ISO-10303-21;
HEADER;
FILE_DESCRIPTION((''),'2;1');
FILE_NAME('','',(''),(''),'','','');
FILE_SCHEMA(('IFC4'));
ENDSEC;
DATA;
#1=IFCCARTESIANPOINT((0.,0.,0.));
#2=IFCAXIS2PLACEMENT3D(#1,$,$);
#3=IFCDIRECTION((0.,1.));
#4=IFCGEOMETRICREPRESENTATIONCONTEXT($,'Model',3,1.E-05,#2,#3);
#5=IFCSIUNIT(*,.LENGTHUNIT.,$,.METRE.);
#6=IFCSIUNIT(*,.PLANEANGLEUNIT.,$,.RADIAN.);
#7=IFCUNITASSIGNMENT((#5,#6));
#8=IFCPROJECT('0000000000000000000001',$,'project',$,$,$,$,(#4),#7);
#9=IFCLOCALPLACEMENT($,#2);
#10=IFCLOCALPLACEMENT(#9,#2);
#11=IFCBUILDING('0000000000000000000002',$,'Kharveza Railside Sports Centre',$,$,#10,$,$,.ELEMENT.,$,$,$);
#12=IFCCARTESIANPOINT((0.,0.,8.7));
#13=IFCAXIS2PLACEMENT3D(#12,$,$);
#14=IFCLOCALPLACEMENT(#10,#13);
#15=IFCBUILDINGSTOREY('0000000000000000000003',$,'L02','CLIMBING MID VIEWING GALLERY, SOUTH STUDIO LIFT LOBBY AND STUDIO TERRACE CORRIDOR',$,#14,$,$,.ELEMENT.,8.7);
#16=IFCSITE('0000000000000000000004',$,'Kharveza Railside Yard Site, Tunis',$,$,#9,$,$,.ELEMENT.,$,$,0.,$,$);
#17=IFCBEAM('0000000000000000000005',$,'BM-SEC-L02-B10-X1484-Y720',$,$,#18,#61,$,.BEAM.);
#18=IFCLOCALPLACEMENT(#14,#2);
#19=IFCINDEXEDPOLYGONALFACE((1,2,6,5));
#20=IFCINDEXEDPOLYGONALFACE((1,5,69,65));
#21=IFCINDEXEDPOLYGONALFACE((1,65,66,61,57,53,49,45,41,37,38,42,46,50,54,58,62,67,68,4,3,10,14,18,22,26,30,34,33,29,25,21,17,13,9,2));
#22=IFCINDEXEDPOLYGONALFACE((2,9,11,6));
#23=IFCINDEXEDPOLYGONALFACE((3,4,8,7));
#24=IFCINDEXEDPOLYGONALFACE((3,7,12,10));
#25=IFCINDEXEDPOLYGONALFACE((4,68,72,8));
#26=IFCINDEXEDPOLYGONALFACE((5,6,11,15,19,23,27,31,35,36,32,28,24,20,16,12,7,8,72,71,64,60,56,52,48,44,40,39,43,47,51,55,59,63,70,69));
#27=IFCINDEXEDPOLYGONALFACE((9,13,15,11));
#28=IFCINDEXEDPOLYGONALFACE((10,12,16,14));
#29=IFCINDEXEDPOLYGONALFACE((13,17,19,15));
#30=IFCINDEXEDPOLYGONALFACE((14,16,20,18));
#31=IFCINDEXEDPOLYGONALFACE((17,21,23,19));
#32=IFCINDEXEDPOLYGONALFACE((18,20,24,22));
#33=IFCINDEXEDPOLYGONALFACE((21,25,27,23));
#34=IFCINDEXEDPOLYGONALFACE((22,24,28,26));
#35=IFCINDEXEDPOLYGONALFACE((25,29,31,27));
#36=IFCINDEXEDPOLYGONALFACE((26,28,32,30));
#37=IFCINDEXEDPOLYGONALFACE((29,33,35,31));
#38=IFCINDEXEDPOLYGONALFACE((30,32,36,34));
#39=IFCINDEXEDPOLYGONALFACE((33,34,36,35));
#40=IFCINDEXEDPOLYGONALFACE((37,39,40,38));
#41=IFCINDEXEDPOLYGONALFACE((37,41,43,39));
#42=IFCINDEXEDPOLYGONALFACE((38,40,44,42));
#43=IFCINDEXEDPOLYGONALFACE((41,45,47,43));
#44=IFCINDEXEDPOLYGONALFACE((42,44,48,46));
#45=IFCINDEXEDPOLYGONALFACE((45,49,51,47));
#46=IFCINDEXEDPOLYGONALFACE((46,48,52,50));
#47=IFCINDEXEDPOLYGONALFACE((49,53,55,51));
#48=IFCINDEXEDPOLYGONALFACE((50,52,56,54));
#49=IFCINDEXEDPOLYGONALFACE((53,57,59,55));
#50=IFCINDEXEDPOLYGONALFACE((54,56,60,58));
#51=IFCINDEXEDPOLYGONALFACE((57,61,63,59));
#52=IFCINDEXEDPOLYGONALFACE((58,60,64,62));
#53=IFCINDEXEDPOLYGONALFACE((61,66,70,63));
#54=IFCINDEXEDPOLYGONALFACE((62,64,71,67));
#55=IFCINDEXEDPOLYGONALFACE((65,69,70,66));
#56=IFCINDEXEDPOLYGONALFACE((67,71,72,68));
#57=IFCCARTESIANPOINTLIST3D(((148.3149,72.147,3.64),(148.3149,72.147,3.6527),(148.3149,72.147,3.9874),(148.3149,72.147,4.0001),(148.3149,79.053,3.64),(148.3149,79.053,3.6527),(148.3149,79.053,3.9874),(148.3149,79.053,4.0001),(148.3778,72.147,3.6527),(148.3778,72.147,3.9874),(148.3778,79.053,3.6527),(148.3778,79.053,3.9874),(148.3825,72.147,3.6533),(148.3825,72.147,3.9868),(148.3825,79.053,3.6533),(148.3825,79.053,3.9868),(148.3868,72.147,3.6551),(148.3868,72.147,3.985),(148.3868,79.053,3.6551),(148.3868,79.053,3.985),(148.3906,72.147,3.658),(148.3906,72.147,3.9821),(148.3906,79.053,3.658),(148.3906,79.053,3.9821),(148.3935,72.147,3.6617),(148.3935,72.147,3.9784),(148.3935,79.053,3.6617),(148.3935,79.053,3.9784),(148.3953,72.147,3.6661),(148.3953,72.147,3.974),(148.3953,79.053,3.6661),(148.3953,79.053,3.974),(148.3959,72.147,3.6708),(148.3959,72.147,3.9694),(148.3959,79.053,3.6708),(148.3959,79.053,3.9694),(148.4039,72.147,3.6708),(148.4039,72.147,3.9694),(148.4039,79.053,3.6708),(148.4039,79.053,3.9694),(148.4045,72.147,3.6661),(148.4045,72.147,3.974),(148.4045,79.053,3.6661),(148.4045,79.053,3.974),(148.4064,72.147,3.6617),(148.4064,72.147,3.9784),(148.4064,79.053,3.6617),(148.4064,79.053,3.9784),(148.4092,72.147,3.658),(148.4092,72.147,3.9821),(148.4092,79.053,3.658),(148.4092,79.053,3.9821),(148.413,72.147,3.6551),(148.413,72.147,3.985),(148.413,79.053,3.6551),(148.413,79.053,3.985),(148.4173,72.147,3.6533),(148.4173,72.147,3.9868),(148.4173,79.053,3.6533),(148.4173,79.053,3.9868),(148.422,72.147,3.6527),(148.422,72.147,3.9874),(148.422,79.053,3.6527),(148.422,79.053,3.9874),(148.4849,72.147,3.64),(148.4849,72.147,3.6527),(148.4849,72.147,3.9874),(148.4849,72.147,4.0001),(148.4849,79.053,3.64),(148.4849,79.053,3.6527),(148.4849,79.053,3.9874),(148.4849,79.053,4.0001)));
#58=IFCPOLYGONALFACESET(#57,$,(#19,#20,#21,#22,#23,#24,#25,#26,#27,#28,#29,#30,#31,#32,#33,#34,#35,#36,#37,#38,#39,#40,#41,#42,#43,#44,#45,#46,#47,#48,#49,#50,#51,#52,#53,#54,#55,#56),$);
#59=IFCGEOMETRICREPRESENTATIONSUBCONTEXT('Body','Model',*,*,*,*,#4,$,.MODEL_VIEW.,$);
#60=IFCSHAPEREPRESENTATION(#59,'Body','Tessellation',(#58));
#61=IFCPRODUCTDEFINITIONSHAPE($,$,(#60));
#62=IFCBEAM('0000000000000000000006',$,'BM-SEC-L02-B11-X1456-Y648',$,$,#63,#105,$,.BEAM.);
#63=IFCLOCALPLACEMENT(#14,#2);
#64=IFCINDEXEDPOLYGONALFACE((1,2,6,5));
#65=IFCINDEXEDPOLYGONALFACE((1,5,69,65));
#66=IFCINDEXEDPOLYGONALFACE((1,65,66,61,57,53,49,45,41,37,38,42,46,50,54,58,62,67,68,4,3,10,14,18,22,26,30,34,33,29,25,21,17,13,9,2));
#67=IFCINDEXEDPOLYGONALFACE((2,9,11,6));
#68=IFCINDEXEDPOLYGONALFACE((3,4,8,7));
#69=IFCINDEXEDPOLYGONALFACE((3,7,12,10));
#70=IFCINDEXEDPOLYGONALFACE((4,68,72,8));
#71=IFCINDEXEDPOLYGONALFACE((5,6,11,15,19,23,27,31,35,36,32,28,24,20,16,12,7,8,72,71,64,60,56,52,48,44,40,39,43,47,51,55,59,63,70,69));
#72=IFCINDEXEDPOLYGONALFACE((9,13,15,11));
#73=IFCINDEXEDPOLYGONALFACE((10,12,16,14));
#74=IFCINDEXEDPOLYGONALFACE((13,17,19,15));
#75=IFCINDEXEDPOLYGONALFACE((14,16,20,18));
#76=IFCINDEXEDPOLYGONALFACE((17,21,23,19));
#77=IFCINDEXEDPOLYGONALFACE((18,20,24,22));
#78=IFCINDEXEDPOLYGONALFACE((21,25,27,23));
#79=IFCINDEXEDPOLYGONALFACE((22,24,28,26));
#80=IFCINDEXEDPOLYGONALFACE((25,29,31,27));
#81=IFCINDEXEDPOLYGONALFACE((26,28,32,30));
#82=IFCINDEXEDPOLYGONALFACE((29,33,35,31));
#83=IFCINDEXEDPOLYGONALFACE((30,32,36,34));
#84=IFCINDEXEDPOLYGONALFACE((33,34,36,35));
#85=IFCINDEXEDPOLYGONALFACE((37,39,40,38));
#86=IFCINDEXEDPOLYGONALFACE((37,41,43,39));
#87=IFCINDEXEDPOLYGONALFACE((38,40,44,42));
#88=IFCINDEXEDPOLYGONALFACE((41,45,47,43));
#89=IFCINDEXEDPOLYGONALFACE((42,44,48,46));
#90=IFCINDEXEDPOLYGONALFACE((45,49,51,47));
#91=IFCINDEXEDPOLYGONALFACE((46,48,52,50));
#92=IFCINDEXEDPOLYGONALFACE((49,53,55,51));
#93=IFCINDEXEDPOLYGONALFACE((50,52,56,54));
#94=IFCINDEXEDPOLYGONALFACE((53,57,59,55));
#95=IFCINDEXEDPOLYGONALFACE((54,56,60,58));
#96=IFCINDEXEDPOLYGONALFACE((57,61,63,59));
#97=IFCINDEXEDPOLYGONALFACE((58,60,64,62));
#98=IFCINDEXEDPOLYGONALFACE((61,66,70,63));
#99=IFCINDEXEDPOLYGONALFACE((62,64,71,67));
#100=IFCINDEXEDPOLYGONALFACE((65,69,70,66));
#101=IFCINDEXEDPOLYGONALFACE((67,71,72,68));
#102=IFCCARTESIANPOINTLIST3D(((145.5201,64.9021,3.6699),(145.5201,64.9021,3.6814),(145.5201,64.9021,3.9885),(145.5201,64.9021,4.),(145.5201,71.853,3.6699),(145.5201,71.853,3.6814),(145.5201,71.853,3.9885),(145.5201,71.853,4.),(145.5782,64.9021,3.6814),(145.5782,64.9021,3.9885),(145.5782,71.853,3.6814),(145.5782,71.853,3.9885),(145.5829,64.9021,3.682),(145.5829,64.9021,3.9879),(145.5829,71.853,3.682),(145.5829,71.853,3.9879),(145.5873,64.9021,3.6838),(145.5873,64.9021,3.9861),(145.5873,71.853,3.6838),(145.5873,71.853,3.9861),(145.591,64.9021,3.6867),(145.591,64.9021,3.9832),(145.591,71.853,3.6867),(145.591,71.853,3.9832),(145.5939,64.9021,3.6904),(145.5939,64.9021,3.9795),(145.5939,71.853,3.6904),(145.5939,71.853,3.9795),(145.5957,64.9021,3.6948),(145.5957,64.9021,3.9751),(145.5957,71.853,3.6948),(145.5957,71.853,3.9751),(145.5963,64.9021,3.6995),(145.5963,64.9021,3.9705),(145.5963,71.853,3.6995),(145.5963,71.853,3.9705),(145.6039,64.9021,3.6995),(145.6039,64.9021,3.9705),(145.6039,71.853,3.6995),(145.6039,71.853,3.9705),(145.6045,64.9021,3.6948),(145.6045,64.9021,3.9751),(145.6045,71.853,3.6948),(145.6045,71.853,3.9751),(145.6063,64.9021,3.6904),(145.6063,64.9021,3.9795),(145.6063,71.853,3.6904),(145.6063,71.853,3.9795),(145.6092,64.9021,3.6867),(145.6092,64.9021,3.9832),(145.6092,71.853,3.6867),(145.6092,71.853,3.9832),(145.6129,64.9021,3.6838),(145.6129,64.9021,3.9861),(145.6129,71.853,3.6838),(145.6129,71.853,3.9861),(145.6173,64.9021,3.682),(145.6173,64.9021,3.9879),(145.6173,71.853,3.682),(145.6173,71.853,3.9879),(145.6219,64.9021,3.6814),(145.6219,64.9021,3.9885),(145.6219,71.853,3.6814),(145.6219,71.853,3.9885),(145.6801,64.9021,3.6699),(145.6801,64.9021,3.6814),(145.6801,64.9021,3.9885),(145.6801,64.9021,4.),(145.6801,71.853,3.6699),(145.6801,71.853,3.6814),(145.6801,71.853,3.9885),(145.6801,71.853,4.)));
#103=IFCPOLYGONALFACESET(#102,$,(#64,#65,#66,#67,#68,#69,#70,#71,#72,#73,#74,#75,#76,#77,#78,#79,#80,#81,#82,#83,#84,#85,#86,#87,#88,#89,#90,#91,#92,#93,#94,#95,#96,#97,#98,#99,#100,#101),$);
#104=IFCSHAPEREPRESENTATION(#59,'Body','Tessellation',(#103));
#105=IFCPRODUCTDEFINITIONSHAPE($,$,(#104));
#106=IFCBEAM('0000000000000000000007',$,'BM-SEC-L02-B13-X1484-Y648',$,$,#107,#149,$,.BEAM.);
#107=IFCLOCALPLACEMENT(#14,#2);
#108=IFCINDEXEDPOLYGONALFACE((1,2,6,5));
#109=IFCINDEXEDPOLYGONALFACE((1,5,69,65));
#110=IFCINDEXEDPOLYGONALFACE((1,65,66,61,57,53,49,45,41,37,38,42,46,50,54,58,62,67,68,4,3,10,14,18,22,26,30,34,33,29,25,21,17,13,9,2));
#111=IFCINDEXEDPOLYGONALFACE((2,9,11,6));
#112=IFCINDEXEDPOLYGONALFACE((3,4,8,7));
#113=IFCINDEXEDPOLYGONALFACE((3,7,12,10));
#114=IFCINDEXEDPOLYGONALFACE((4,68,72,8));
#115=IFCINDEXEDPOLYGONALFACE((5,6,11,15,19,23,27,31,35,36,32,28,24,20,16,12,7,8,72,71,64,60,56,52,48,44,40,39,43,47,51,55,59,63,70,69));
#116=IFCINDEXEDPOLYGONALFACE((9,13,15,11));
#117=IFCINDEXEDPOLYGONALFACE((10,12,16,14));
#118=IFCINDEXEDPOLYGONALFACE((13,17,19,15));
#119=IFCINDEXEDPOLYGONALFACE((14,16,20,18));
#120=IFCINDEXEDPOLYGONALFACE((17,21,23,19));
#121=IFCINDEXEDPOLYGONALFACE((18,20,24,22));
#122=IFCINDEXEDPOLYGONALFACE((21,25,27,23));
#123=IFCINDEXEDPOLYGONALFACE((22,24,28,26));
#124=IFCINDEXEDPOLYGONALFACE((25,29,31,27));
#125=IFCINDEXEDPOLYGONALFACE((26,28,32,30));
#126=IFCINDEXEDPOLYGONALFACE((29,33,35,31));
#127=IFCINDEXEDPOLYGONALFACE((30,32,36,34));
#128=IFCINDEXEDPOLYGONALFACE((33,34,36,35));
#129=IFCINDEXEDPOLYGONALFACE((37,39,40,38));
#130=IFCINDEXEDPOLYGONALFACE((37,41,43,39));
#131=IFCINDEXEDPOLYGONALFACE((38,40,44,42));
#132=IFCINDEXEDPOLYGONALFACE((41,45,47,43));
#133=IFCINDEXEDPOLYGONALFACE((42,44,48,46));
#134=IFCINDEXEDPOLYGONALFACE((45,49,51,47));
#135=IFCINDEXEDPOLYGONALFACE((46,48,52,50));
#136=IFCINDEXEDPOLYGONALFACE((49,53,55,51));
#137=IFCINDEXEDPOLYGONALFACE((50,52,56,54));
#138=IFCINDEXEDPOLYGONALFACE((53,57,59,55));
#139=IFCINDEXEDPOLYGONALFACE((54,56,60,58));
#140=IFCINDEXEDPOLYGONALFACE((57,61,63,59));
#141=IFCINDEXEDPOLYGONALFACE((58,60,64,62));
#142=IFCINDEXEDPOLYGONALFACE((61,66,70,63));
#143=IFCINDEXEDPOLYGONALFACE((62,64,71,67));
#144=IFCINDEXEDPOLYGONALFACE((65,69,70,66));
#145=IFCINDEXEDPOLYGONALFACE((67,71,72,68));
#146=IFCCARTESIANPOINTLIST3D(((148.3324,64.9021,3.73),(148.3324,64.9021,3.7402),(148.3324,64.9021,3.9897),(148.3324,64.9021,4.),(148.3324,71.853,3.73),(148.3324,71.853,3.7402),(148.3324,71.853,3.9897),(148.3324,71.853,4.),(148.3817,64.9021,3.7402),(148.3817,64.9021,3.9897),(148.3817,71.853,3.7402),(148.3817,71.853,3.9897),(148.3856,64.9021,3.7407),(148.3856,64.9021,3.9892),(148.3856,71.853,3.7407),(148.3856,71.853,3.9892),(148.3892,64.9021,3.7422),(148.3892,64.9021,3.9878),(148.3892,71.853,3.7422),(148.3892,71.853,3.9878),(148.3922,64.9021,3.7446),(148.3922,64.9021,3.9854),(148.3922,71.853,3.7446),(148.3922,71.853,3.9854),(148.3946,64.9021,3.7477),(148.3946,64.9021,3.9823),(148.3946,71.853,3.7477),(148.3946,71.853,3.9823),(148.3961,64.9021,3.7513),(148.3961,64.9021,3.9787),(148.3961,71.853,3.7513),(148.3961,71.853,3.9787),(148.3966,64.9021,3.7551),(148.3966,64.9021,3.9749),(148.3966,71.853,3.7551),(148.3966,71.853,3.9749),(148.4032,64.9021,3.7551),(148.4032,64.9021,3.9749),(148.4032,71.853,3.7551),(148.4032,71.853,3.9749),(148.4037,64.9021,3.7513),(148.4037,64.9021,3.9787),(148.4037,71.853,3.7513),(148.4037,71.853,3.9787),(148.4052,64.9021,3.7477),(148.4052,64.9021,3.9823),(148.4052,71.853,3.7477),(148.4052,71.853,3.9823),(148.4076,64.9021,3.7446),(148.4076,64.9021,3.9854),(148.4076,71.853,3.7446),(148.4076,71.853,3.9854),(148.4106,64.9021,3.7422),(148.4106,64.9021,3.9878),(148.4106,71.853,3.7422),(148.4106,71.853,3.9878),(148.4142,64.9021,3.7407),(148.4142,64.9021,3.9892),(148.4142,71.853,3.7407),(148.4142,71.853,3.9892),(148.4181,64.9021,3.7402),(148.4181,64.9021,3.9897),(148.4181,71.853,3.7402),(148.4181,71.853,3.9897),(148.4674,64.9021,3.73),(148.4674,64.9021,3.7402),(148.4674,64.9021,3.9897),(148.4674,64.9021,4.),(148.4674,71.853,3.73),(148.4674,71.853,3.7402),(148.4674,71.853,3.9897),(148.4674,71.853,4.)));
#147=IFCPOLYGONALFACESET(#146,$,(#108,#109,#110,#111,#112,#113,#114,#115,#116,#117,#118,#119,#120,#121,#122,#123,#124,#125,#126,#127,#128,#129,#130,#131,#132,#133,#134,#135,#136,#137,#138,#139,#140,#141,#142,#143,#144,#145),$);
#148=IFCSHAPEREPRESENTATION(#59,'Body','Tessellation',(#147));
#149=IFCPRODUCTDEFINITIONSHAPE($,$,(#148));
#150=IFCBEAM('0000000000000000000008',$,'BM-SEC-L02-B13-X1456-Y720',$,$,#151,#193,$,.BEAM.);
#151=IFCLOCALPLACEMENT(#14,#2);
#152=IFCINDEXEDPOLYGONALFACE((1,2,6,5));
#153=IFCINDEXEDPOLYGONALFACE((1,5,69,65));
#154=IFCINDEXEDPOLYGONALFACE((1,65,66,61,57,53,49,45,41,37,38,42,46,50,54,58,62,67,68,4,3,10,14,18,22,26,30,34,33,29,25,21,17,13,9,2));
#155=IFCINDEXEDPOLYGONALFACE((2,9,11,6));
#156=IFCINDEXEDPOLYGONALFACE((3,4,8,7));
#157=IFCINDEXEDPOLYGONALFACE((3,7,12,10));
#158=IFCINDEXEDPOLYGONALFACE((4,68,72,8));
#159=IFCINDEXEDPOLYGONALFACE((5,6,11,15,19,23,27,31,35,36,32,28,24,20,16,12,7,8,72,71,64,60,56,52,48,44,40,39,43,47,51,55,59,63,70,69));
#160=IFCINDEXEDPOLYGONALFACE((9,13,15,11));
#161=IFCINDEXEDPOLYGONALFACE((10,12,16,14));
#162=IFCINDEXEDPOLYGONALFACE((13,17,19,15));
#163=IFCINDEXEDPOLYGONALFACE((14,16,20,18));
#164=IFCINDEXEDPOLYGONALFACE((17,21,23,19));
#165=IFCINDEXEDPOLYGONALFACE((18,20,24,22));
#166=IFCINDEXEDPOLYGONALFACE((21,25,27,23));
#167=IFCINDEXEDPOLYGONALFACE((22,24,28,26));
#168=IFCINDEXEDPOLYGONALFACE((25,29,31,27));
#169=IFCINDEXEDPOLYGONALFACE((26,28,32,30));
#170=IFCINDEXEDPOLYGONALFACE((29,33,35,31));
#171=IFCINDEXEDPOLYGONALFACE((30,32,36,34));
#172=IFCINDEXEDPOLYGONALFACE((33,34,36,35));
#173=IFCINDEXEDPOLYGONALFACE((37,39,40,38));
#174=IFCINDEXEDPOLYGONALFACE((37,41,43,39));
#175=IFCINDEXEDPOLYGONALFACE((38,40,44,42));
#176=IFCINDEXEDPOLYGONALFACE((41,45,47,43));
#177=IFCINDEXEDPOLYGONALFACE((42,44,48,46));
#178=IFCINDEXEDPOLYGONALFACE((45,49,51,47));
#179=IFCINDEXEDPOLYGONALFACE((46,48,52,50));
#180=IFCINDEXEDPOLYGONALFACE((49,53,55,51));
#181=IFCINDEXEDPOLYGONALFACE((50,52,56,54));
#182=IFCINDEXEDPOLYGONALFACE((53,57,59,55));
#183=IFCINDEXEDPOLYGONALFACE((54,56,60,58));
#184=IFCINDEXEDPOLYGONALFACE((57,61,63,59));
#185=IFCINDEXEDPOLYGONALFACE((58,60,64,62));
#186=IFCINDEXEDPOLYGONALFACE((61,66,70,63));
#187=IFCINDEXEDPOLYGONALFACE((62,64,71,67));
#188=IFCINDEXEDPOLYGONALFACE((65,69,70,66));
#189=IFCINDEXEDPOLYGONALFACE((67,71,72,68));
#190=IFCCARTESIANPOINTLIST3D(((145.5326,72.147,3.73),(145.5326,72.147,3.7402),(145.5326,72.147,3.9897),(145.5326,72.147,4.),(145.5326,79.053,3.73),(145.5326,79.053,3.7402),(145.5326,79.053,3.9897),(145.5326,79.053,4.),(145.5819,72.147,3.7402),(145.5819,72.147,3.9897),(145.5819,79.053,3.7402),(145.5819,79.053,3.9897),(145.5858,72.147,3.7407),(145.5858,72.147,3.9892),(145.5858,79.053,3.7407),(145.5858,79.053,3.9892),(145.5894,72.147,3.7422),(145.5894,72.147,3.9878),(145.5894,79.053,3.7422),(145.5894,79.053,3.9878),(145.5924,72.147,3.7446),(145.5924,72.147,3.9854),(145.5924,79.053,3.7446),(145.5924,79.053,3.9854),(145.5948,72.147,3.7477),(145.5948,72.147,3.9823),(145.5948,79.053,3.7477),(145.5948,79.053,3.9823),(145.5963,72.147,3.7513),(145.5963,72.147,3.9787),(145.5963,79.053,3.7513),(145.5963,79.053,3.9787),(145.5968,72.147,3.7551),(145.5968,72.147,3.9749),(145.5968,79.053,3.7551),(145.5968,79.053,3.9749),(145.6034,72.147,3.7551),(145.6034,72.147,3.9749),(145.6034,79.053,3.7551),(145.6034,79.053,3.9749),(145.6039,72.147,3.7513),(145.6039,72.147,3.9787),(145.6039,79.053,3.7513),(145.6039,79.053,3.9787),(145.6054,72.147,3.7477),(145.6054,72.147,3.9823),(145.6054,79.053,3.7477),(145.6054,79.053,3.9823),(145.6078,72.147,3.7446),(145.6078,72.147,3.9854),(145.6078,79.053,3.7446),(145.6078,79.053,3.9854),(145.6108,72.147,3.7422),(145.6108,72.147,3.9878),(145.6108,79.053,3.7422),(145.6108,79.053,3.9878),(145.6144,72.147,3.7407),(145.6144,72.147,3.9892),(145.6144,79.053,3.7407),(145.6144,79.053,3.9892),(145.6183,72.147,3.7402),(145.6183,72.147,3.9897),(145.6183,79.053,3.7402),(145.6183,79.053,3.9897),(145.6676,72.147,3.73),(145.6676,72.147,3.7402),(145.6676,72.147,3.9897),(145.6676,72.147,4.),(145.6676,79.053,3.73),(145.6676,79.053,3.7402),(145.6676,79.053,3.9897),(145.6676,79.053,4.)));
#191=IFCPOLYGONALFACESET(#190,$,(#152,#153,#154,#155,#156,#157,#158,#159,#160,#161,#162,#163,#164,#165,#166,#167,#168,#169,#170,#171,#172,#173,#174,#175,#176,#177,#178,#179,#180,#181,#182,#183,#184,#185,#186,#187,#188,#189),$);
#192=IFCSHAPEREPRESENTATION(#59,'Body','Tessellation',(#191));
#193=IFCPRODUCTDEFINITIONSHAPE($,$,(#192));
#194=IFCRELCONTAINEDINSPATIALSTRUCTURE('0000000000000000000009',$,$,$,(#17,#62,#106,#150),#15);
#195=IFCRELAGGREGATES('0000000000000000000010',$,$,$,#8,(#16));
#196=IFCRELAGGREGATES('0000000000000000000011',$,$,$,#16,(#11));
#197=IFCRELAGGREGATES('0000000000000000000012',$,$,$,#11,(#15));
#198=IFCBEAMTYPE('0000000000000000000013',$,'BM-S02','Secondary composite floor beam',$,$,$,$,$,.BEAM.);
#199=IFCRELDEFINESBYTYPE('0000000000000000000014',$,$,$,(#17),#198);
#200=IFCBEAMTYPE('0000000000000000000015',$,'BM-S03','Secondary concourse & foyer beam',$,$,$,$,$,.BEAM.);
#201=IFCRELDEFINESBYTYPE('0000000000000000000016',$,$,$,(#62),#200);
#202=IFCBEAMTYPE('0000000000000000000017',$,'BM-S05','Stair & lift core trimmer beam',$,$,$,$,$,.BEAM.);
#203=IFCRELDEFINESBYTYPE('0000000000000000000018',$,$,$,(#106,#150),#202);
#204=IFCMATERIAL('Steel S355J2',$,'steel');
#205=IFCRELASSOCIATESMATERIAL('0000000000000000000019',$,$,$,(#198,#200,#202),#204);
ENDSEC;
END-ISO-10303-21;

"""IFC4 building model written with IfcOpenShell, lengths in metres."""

from ifc_helpers import new_model, si_unit, direction, frame, origin, origin_2d, place, context, subcontext, project, spatial, i_section, extrude, material, material_profile, profile_set, type_object, element, save


model = new_model("IFC4")

# Units and contexts
model_context = context("Model", 3, precision=1e-05, world=origin(), true_north=direction((0.0, 1.0)))
body_context = subcontext(model_context, "Body", "Model", "MODEL_VIEW")
ifc_project = project(units=[si_unit("LENGTHUNIT", "METRE"), si_unit("PLANEANGLEUNIT", "RADIAN")], contexts=[model_context])

# Site, building, storey
site_placement = place(None, origin())
site = spatial("IfcSite", under=ifc_project, at=site_placement, Name="Kharveza Railside Yard Site, Tunis", CompositionType="ELEMENT", RefElevation=0.0)
building_placement = place(site_placement, origin())
building = spatial("IfcBuilding", under=site, at=building_placement, Name="Kharveza Railside Sports Centre", CompositionType="ELEMENT")
storey_placement = place(building_placement, frame((0.0, 0.0, 8.7)))
storey = spatial("IfcBuildingStorey", under=building, at=storey_placement, Name="L02", Description="CLIMBING MID VIEWING GALLERY, SOUTH STUDIO LIFT LOBBY AND STUDIO TERRACE CORRIDOR", CompositionType="ELEMENT", Elevation=8.7)

# Shared definitions
ifc_material_1 = material(Name="Steel S355J2", Category="steel")

# Beams
ifc_material_profile_1 = material_profile(ifc_material_1, i_section(OverallWidth=0.1699, OverallDepth=0.3601, WebThickness=0.0081, FlangeThickness=0.0127, FilletRadius=0.0181, at=origin_2d()), Name="IPE 360")
ifc_profile_set_1 = profile_set([ifc_material_profile_1], Name="Steel S355J2")
beam_type_1 = type_object("IfcBeamType", Name="BM-S02", Description="Secondary composite floor beam", PredefinedType="BEAM", material=ifc_profile_set_1)
beam_1_placement = place(storey_placement, frame((148.3999, 72.147, 3.8201), z_axis=(0.0, 1.0, 0.0), x_axis=(-1.0, 0.0, 0.0)))
element("IfcBeam", 1, at=beam_1_placement, inside=storey, type_object=beam_type_1, Name="BM-SEC-L02-B10-X1484-Y720", PredefinedType="BEAM", context=body_context, shape_type="SweptSolid", body=[
    extrude(i_section(OverallWidth=0.1699, OverallDepth=0.3601, WebThickness=0.0081, FlangeThickness=0.0127, FilletRadius=0.0181, at=origin_2d()), origin(), (0.0, 0.0, 1.0), 6.906),
])
ifc_material_profile_2 = material_profile(ifc_material_1, i_section(OverallWidth=0.1599, OverallDepth=0.3301, WebThickness=0.0076, FlangeThickness=0.0115, FilletRadius=0.0181, at=origin_2d()), Name="IPE 330")
ifc_profile_set_2 = profile_set([ifc_material_profile_2], Name="Steel S355J2")
beam_type_2 = type_object("IfcBeamType", Name="BM-S03", Description="Secondary concourse & foyer beam", PredefinedType="BEAM", material=ifc_profile_set_2)
beam_2_placement = place(storey_placement, frame((145.6001, 64.9021, 3.835), z_axis=(0.0, 1.0, 0.0), x_axis=(-1.0, 0.0, 0.0)))
element("IfcBeam", 2, at=beam_2_placement, inside=storey, type_object=beam_type_2, Name="BM-SEC-L02-B11-X1456-Y648", PredefinedType="BEAM", context=body_context, shape_type="SweptSolid", body=[
    extrude(i_section(OverallWidth=0.1599, OverallDepth=0.3301, WebThickness=0.0076, FlangeThickness=0.0115, FilletRadius=0.0181, at=origin_2d()), origin(), (0.0, 0.0, 1.0), 6.9509),
])
ifc_material_profile_3 = material_profile(ifc_material_1, i_section(OverallWidth=0.135, OverallDepth=0.27, WebThickness=0.0066, FlangeThickness=0.0103, FilletRadius=0.0149, at=origin_2d()), Name="IPE 270")
ifc_profile_set_3 = profile_set([ifc_material_profile_3], Name="Steel S355J2")
beam_type_3 = type_object("IfcBeamType", Name="BM-S05", Description="Stair & lift core trimmer beam", PredefinedType="BEAM", material=ifc_profile_set_3)
beam_3_placement = place(storey_placement, frame((148.3999, 64.9021, 3.865), z_axis=(0.0, 1.0, 0.0), x_axis=(-1.0, 0.0, 0.0)))
element("IfcBeam", 3, at=beam_3_placement, inside=storey, type_object=beam_type_3, Name="BM-SEC-L02-B13-X1484-Y648", PredefinedType="BEAM", context=body_context, shape_type="SweptSolid", body=[
    extrude(i_section(OverallWidth=0.135, OverallDepth=0.27, WebThickness=0.0066, FlangeThickness=0.0103, FilletRadius=0.0149, at=origin_2d()), origin(), (0.0, 0.0, 1.0), 6.9509),
])
beam_4_placement = place(storey_placement, frame((145.6001, 72.147, 3.865), z_axis=(0.0, 1.0, 0.0), x_axis=(-1.0, 0.0, 0.0)))
element("IfcBeam", 4, at=beam_4_placement, inside=storey, type_object=beam_type_3, Name="BM-SEC-L02-B13-X1456-Y720", PredefinedType="BEAM", context=body_context, shape_type="SweptSolid", body=[
    extrude(i_section(OverallWidth=0.135, OverallDepth=0.27, WebThickness=0.0066, FlangeThickness=0.0103, FilletRadius=0.0149, at=origin_2d()), origin(), (0.0, 0.0, 1.0), 6.906),
])

save(model, "model.ifc")
